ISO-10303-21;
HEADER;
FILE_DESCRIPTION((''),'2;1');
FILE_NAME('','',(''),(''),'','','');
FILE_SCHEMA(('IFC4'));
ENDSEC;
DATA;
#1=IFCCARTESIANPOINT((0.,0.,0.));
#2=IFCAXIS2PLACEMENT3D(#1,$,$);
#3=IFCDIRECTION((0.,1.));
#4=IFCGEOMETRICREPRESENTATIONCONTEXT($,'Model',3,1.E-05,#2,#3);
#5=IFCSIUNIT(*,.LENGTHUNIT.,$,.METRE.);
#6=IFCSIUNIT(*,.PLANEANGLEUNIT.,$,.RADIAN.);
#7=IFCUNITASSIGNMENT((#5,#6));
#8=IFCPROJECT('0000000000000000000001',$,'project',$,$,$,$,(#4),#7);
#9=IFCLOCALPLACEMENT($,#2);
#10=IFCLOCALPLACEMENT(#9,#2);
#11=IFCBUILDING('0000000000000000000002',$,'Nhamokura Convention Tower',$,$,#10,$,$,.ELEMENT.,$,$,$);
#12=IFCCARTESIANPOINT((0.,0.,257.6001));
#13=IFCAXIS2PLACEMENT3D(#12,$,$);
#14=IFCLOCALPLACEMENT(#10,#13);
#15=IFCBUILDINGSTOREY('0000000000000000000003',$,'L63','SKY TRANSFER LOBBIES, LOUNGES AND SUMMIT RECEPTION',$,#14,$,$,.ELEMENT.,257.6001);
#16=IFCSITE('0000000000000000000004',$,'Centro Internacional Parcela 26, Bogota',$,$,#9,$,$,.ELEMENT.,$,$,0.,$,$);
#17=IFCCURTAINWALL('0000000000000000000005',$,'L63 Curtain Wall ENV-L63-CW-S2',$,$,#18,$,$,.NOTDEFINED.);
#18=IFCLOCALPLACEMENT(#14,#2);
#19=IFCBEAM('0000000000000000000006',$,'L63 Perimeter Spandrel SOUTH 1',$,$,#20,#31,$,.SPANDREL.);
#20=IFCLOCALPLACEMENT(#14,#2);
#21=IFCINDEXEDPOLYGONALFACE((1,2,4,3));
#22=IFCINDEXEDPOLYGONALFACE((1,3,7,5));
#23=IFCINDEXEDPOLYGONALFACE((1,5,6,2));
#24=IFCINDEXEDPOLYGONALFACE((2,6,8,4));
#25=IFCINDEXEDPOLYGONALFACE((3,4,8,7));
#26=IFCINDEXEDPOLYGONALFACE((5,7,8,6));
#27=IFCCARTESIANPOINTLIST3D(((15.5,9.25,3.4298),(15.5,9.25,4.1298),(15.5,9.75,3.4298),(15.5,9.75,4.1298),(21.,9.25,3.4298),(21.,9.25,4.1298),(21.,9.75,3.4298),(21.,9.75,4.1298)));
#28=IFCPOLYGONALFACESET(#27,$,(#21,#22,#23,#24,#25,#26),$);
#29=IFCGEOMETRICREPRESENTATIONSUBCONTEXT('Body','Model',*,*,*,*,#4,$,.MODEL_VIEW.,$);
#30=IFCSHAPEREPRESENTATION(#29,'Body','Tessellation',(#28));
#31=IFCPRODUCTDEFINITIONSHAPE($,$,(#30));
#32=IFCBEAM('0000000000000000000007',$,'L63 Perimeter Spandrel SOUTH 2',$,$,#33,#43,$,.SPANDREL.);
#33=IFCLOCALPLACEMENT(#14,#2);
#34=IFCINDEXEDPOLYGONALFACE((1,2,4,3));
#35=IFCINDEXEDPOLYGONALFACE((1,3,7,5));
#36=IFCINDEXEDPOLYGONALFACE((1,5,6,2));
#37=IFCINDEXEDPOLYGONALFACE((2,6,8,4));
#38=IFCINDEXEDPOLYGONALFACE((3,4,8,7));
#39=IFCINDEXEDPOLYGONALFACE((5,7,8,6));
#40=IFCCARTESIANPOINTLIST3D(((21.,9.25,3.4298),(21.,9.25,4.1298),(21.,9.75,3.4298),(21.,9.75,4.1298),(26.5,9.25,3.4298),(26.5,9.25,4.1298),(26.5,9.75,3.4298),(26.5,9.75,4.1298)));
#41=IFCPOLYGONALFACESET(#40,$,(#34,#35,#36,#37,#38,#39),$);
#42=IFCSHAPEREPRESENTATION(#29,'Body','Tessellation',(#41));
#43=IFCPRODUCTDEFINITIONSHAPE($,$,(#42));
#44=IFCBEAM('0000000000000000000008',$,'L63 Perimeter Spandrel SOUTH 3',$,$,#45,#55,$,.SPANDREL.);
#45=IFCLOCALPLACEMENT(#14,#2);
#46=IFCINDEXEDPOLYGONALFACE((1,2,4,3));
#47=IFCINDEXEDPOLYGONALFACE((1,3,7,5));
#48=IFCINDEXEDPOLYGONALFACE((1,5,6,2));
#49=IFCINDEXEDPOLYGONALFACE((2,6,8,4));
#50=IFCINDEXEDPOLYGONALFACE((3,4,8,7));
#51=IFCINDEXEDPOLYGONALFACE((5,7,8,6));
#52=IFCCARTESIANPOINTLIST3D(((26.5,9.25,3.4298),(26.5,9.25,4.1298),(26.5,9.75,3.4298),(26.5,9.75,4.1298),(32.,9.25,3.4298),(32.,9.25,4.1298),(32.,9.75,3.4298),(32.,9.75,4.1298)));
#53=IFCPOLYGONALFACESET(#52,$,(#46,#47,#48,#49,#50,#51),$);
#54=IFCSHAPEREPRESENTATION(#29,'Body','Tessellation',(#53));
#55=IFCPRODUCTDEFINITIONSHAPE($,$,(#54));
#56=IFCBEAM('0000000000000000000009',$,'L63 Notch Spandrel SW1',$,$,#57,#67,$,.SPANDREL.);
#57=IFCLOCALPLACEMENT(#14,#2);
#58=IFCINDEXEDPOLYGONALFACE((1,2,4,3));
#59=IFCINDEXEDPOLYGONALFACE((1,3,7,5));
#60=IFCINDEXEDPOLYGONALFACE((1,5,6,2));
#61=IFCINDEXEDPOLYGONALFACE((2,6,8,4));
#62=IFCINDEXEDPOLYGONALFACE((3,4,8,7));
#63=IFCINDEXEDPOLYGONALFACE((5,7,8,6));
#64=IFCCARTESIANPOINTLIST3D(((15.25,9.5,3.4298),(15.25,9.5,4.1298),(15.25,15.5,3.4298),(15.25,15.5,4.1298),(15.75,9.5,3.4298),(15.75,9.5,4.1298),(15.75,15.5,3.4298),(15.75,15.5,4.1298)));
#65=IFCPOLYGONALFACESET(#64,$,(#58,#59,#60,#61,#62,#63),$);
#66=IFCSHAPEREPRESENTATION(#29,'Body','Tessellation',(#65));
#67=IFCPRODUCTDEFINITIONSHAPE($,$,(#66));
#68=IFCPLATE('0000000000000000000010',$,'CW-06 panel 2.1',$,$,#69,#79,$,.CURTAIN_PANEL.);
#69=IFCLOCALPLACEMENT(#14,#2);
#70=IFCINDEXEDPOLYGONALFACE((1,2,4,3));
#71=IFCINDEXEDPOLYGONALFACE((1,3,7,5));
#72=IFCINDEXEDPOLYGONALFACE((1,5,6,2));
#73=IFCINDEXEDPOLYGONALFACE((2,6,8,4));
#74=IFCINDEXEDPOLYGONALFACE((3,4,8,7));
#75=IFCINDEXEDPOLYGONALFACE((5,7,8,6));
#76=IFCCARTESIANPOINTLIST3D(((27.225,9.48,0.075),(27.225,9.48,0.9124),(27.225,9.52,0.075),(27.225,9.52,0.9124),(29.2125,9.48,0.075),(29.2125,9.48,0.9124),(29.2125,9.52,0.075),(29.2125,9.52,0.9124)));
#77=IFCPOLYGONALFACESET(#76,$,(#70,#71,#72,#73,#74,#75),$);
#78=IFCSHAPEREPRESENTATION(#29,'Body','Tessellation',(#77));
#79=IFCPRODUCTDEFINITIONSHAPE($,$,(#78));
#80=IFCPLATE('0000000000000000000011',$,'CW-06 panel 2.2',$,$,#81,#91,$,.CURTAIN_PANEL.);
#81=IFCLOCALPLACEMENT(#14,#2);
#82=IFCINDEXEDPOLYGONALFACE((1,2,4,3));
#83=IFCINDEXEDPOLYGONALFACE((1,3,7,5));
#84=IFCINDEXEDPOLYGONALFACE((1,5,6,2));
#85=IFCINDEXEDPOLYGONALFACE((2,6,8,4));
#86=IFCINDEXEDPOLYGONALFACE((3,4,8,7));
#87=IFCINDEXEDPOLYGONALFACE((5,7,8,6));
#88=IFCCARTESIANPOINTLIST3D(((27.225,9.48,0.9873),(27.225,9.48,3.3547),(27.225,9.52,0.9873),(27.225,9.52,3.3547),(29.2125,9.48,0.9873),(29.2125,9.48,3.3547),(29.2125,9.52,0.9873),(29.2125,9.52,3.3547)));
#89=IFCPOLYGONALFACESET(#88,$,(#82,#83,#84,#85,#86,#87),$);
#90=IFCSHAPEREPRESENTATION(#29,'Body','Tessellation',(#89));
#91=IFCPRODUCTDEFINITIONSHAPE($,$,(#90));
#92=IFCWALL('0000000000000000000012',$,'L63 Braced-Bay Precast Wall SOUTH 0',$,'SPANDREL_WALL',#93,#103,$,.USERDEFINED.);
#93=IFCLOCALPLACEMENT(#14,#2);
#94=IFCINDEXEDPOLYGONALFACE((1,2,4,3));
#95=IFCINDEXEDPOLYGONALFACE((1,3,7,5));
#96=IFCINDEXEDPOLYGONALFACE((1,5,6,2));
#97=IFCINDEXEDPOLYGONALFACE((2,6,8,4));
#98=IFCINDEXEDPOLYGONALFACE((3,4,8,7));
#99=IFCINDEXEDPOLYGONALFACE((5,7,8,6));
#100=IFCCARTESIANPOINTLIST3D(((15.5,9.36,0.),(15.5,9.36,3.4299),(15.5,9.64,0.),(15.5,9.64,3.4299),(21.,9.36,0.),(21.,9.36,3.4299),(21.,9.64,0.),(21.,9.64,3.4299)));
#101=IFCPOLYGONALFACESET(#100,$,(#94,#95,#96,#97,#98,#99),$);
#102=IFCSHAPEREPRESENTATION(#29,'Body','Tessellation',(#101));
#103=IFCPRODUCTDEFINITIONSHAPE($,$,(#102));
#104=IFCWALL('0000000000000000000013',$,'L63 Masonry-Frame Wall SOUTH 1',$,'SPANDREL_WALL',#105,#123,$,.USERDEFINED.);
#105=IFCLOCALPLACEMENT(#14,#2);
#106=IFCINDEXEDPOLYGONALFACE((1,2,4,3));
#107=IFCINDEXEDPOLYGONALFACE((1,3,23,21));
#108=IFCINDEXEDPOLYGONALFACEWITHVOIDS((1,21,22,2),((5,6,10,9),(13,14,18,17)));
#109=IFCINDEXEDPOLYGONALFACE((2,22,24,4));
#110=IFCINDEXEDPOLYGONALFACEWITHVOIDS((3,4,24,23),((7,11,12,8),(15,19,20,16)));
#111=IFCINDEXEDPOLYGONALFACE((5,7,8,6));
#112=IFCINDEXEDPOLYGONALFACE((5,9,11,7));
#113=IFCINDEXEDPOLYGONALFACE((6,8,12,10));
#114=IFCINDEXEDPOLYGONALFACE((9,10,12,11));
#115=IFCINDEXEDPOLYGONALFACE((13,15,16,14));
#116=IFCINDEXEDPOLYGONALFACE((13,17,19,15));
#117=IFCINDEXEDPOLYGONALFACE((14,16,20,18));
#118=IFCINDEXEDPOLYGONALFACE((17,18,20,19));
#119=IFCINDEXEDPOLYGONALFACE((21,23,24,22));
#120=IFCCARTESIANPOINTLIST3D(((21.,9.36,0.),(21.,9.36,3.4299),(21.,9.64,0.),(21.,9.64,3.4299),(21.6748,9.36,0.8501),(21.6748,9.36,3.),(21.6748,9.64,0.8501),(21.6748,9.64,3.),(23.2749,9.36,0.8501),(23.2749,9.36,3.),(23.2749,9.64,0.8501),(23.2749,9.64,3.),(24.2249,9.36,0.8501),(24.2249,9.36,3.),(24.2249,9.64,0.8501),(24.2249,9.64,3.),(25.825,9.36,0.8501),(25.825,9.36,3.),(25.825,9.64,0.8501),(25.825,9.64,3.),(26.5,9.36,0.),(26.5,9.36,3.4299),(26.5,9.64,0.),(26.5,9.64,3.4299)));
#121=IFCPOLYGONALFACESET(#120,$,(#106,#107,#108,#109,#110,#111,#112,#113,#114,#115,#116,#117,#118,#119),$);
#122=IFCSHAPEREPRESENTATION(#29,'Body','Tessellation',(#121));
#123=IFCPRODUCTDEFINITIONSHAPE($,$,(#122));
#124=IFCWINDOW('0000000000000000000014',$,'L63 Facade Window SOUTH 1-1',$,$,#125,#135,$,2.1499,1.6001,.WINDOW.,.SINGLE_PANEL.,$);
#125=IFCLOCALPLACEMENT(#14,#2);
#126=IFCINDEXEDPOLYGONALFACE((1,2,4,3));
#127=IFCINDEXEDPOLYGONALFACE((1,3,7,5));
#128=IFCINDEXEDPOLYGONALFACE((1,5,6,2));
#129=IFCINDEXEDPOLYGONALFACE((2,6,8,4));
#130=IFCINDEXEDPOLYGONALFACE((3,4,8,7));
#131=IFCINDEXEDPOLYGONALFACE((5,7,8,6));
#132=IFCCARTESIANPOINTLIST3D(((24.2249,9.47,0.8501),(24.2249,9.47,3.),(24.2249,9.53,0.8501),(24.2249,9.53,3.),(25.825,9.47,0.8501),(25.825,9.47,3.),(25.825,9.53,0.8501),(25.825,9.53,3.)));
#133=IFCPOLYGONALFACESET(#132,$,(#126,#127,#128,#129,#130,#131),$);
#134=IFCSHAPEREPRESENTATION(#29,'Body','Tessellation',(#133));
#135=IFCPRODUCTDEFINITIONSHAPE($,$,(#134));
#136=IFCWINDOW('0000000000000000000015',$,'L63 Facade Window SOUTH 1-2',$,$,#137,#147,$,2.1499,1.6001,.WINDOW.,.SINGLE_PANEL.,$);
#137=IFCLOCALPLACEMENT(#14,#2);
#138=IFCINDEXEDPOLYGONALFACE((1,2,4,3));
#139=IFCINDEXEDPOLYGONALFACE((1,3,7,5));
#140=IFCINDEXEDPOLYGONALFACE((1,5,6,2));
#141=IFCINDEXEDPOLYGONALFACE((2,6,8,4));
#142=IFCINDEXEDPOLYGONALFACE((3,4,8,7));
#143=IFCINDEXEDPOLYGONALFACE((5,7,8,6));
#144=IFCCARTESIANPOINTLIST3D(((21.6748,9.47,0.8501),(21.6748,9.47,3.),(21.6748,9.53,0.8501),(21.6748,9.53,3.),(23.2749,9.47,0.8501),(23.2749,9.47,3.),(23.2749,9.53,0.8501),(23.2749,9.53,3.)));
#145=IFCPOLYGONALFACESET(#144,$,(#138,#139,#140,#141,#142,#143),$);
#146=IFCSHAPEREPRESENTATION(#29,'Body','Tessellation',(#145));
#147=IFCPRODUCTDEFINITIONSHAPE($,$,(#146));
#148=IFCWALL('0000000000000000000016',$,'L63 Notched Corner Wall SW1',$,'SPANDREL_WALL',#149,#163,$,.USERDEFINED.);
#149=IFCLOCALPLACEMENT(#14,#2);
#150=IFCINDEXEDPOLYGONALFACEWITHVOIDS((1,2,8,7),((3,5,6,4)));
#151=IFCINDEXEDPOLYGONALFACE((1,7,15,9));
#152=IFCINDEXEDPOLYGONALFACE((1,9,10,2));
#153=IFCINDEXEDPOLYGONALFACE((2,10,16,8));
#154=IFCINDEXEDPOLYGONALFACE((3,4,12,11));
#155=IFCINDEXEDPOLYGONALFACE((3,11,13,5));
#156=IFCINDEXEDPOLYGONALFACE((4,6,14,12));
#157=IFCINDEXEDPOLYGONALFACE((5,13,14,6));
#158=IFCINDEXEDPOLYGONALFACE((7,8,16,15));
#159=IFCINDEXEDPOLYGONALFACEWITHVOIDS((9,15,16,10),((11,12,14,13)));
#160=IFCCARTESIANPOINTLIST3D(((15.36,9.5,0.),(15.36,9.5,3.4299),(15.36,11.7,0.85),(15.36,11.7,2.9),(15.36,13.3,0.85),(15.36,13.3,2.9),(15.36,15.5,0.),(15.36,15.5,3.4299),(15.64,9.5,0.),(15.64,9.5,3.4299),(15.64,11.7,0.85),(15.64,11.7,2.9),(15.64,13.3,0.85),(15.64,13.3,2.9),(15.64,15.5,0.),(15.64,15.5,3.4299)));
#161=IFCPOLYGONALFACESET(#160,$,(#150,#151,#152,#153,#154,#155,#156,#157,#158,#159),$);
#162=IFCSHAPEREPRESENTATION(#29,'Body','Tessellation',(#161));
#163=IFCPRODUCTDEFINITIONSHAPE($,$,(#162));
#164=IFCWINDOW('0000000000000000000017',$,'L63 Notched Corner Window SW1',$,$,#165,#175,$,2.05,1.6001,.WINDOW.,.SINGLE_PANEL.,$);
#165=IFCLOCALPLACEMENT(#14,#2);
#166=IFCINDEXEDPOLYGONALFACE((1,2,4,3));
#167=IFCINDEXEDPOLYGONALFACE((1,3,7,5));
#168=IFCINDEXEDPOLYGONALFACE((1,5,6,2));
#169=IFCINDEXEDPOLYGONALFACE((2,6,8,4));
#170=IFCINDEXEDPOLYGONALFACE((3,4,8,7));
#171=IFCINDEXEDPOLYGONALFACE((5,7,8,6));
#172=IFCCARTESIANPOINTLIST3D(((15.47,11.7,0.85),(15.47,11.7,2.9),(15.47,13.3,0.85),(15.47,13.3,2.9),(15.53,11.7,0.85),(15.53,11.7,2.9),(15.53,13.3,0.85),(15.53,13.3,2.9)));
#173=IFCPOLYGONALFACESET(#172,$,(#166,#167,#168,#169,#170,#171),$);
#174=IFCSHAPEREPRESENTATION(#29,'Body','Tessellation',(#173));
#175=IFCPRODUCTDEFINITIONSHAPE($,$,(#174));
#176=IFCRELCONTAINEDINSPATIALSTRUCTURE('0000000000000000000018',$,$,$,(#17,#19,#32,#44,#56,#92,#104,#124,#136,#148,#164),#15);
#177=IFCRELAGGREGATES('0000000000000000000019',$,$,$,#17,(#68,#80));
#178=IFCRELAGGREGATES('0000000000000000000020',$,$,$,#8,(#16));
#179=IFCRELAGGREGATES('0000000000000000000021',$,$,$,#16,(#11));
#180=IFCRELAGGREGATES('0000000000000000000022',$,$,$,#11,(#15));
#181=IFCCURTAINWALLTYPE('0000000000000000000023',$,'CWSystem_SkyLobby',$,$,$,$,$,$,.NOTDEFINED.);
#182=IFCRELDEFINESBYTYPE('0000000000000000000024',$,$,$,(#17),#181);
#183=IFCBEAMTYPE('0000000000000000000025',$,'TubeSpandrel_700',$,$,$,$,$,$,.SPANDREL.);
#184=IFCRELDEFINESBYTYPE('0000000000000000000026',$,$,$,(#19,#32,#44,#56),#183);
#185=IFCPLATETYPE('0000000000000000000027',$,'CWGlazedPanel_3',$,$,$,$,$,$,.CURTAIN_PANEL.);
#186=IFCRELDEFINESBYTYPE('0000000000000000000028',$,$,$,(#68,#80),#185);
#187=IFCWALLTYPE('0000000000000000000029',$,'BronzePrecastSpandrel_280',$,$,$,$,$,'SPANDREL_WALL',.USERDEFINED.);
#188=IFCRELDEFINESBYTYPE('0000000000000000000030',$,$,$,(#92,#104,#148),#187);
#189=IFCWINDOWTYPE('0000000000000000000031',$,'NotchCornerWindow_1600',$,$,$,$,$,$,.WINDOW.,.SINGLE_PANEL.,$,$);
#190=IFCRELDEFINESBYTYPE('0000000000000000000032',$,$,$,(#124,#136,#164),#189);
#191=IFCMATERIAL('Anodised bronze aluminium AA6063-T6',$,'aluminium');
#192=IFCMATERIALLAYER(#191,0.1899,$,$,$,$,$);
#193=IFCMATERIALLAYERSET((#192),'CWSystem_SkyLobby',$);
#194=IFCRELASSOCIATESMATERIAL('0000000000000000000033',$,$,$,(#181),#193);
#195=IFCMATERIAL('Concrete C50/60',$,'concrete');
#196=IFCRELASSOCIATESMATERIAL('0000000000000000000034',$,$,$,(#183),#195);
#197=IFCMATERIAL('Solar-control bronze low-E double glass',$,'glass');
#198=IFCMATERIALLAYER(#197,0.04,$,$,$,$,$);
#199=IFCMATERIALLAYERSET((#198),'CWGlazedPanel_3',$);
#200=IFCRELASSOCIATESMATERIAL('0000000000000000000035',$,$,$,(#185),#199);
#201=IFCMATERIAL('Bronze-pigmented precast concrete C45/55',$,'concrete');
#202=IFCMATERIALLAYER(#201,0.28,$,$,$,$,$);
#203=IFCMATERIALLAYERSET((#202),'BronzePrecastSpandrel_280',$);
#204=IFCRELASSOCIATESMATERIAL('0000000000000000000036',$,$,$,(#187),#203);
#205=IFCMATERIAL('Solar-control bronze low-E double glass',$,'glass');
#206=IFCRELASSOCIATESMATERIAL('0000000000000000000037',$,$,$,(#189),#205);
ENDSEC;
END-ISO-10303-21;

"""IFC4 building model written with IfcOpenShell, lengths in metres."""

from ifc_helpers import new_model, si_unit, direction, frame, frame_2d, origin, origin_2d, place, context, subcontext, project, spatial, rectangle, extrude, material, layer, layer_set, material_profile, profile_set, type_object, element, fill, aggregate, save


model = new_model("IFC4")

# Units and contexts
model_context = context("Model", 3, precision=1e-05, world=origin(), true_north=direction((0.0, 1.0)))
body_context = subcontext(model_context, "Body", "Model", "MODEL_VIEW")
ifc_project = project(units=[si_unit("LENGTHUNIT", "METRE"), si_unit("PLANEANGLEUNIT", "RADIAN")], contexts=[model_context])

# Site, building, storey
site_placement = place(None, origin())
site = spatial("IfcSite", under=ifc_project, at=site_placement, Name="Centro Internacional Parcela 26, Bogota", CompositionType="ELEMENT", RefElevation=0.0)
building_placement = place(site_placement, origin())
building = spatial("IfcBuilding", under=site, at=building_placement, Name="Nhamokura Convention Tower", CompositionType="ELEMENT")
storey_placement = place(building_placement, frame((0.0, 0.0, 257.6001)))
storey = spatial("IfcBuildingStorey", under=building, at=storey_placement, Name="L63", Description="SKY TRANSFER LOBBIES, LOUNGES AND SUMMIT RECEPTION", CompositionType="ELEMENT", Elevation=257.6001)

# Curtain wall
ifc_material_1 = material(Name="Anodised bronze aluminium AA6063-T6", Category="aluminium")
ifc_layer_1 = layer(ifc_material_1, 0.1899)
ifc_layer_set_1 = layer_set([ifc_layer_1], Name="CWSystem_SkyLobby")
curtain_wall_type = type_object("IfcCurtainWallType", Name="CWSystem_SkyLobby", PredefinedType="NOTDEFINED", material=ifc_layer_set_1)
curtain_wall_placement = place(storey_placement, origin())
curtain_wall = element("IfcCurtainWall", 1, at=curtain_wall_placement, inside=storey, type_object=curtain_wall_type, Name="L63 Curtain Wall ENV-L63-CW-S2", PredefinedType="NOTDEFINED")

# Beams
ifc_material_2 = material(Name="Concrete C50/60", Category="concrete")
ifc_material_profile_1 = material_profile(ifc_material_2, rectangle(XDim=0.5, YDim=0.7, at=origin_2d()))
ifc_profile_set_1 = profile_set([ifc_material_profile_1], Name="Concrete C50/60")
beam_type_1 = type_object("IfcBeamType", Name="TubeSpandrel_700", PredefinedType="SPANDREL", material=ifc_profile_set_1)
for number, where, z_axis, x_axis, name in (
    (2, (15.5, 9.5, 3.7798), (1.0, 0.0, 0.0), (0.0, 1.0, 0.0), "L63 Perimeter Spandrel SOUTH 1"),
    (3, (21.0, 9.5, 3.7798), (1.0, 0.0, 0.0), (0.0, 1.0, 0.0), "L63 Perimeter Spandrel SOUTH 2"),
    (4, (26.5, 9.5, 3.7798), (1.0, 0.0, 0.0), (0.0, 1.0, 0.0), "L63 Perimeter Spandrel SOUTH 3"),
):
    element("IfcBeam", number, at=place(storey_placement, frame(where, z_axis=z_axis, x_axis=x_axis)), inside=storey, type_object=beam_type_1, Name=name, PredefinedType="SPANDREL", context=body_context, shape_type="SweptSolid", body=[
        extrude(rectangle(XDim=0.5, YDim=0.7, at=origin_2d()), origin(), (0.0, 0.0, 1.0), 5.5),
    ])
beam_1_placement = place(storey_placement, frame((15.5, 9.5, 3.7798), z_axis=(0.0, 1.0, 0.0), x_axis=(-1.0, 0.0, 0.0)))
element("IfcBeam", 5, at=beam_1_placement, inside=storey, type_object=beam_type_1, Name="L63 Notch Spandrel SW1", PredefinedType="SPANDREL", context=body_context, shape_type="SweptSolid", body=[
    extrude(rectangle(XDim=0.5, YDim=0.7, at=origin_2d()), origin(), (0.0, 0.0, 1.0), 6.0),
])

# Plates
ifc_material_3 = material(Name="Solar-control bronze low-E double glass", Category="glass")
ifc_layer_2 = layer(ifc_material_3, 0.04)
ifc_layer_set_2 = layer_set([ifc_layer_2], Name="CWGlazedPanel_3")
plate_type = type_object("IfcPlateType", Name="CWGlazedPanel_3", PredefinedType="CURTAIN_PANEL", material=ifc_layer_set_2)
plate_1_placement = place(storey_placement, frame((28.2188, 9.5, 0.075), z_axis=(0.0, 0.0, 1.0), x_axis=(-1.0, 0.0, 0.0)))
plate_1 = element("IfcPlate", 6, at=plate_1_placement, type_object=plate_type, Name="CW-06 panel 2.1", PredefinedType="CURTAIN_PANEL", context=body_context, shape_type="SweptSolid", body=[
    extrude(rectangle(XDim=1.9875, YDim=0.04, at=origin_2d()), origin(), (0.0, 0.0, 1.0), 0.8374),
])
plate_2_placement = place(storey_placement, frame((28.2188, 9.5, 0.9873), z_axis=(0.0, 0.0, 1.0), x_axis=(-1.0, 0.0, 0.0)))
plate_2 = element("IfcPlate", 7, at=plate_2_placement, type_object=plate_type, Name="CW-06 panel 2.2", PredefinedType="CURTAIN_PANEL", context=body_context, shape_type="SweptSolid", body=[
    extrude(rectangle(XDim=1.9875, YDim=0.04, at=origin_2d()), origin(), (0.0, 0.0, 1.0), 2.3674),
])
aggregate(curtain_wall, [plate_1, plate_2])

# Wall
ifc_material_4 = material(Name="Bronze-pigmented precast concrete C45/55", Category="concrete")
ifc_layer_3 = layer(ifc_material_4, 0.28)
ifc_layer_set_3 = layer_set([ifc_layer_3], Name="BronzePrecastSpandrel_280")
wall_type_1 = type_object("IfcWallType", Name="BronzePrecastSpandrel_280", ElementType="SPANDREL_WALL", PredefinedType="USERDEFINED", material=ifc_layer_set_3)
wall_1_placement = place(storey_placement, frame((21.0, 9.5, 0.0), z_axis=(0.0, 0.0, 1.0), x_axis=(-1.0, 0.0, 0.0)))
element("IfcWall", 8, at=wall_1_placement, inside=storey, type_object=wall_type_1, Name="L63 Braced-Bay Precast Wall SOUTH 0", ObjectType="SPANDREL_WALL", PredefinedType="USERDEFINED", context=body_context, shape_type="SweptSolid", body=[
    extrude(rectangle(XDim=5.5, YDim=0.28, at=frame_2d((2.75, 0.0))), origin(), (0.0, 0.0, 1.0), 3.4299),
])

# Wall, openings, windows
wall_2_placement = place(storey_placement, frame((26.5, 9.5, 0.0), z_axis=(0.0, 0.0, 1.0), x_axis=(-1.0, 0.0, 0.0)))
wall_2 = element("IfcWall", 9, at=wall_2_placement, inside=storey, type_object=wall_type_1, Name="L63 Masonry-Frame Wall SOUTH 1", ObjectType="SPANDREL_WALL", PredefinedType="USERDEFINED", context=body_context, shape_type="SweptSolid", body=[
    extrude(rectangle(XDim=5.5, YDim=0.28, at=frame_2d((2.75, 0.0))), origin(), (0.0, 0.0, 1.0), 3.4299),
])
opening_1_placement = place(wall_2_placement, frame((0.675, 0.0, 0.8501)))
opening_1 = element("IfcOpeningElement", 10, at=opening_1_placement, cuts=wall_2, PredefinedType="OPENING", context=body_context, shape_type="SweptSolid", body=[
    extrude(rectangle(XDim=1.6001, YDim=2.1499, at=frame_2d((0.8, 1.075))), frame((0.0, 0.1499, 0.0), z_axis=(0.0, -1.0, 0.0), x_axis=(1.0, 0.0, 0.0)), (0.0, 0.0, 1.0), 0.3),
])
opening_2_placement = place(wall_2_placement, frame((3.2251, 0.0, 0.8501)))
opening_2 = element("IfcOpeningElement", 11, at=opening_2_placement, cuts=wall_2, PredefinedType="OPENING", context=body_context, shape_type="SweptSolid", body=[
    extrude(rectangle(XDim=1.6001, YDim=2.1499, at=frame_2d((0.8, 1.075))), frame((0.0, 0.1499, 0.0), z_axis=(0.0, -1.0, 0.0), x_axis=(1.0, 0.0, 0.0)), (0.0, 0.0, 1.0), 0.3),
])
ifc_material_5 = material(Name="Solar-control bronze low-E double glass", Category="glass")
window_type = type_object("IfcWindowType", Name="NotchCornerWindow_1600", PartitioningType="SINGLE_PANEL", PredefinedType="WINDOW", material=ifc_material_5)
window_1_placement = place(opening_1_placement, origin())
window_1 = element("IfcWindow", 12, at=window_1_placement, inside=storey, type_object=window_type, Name="L63 Facade Window SOUTH 1-1", OverallHeight=2.1499, OverallWidth=1.6001, PartitioningType="SINGLE_PANEL", PredefinedType="WINDOW", context=body_context, shape_type="SweptSolid", body=[
    extrude(rectangle(XDim=1.6001, YDim=2.1499, at=frame_2d((0.8, 1.075))), frame((0.0, 0.03, 0.0), z_axis=(0.0, -1.0, 0.0), x_axis=(1.0, 0.0, 0.0)), (0.0, 0.0, 1.0), 0.0601),
])
fill(opening_1, window_1)
window_2_placement = place(opening_2_placement, origin())
window_2 = element("IfcWindow", 13, at=window_2_placement, inside=storey, type_object=window_type, Name="L63 Facade Window SOUTH 1-2", OverallHeight=2.1499, OverallWidth=1.6001, PartitioningType="SINGLE_PANEL", PredefinedType="WINDOW", context=body_context, shape_type="SweptSolid", body=[
    extrude(rectangle(XDim=1.6001, YDim=2.1499, at=frame_2d((0.8, 1.075))), frame((0.0, 0.03, 0.0), z_axis=(0.0, -1.0, 0.0), x_axis=(1.0, 0.0, 0.0)), (0.0, 0.0, 1.0), 0.0601),
])
fill(opening_2, window_2)

# Wall, opening, window
wall_3_placement = place(storey_placement, frame((15.5, 9.5, 0.0), z_axis=(0.0, 0.0, 1.0), x_axis=(0.0, 1.0, 0.0)))
wall_3 = element("IfcWall", 14, at=wall_3_placement, inside=storey, type_object=wall_type_1, Name="L63 Notched Corner Wall SW1", ObjectType="SPANDREL_WALL", PredefinedType="USERDEFINED", context=body_context, shape_type="SweptSolid", body=[
    extrude(rectangle(XDim=6.0, YDim=0.28, at=frame_2d((3.0, 0.0))), origin(), (0.0, 0.0, 1.0), 3.4299),
])
opening_3_placement = place(wall_3_placement, frame((2.2, 0.0, 0.8501)))
opening_3 = element("IfcOpeningElement", 15, at=opening_3_placement, cuts=wall_3, PredefinedType="OPENING", context=body_context, shape_type="SweptSolid", body=[
    extrude(rectangle(XDim=1.6001, YDim=2.05, at=frame_2d((0.8, 1.0249))), frame((0.0, 0.1499, 0.0), z_axis=(0.0, -1.0, 0.0), x_axis=(1.0, 0.0, 0.0)), (0.0, 0.0, 1.0), 0.3),
])
window_3_placement = place(opening_3_placement, origin())
window_3 = element("IfcWindow", 16, at=window_3_placement, inside=storey, type_object=window_type, Name="L63 Notched Corner Window SW1", OverallHeight=2.05, OverallWidth=1.6001, PartitioningType="SINGLE_PANEL", PredefinedType="WINDOW", context=body_context, shape_type="SweptSolid", body=[
    extrude(rectangle(XDim=1.6001, YDim=2.05, at=frame_2d((0.8, 1.0249))), frame((0.0, 0.03, 0.0), z_axis=(0.0, -1.0, 0.0), x_axis=(1.0, 0.0, 0.0)), (0.0, 0.0, 1.0), 0.0601),
])
fill(opening_3, window_3)

save(model, "model.ifc")
